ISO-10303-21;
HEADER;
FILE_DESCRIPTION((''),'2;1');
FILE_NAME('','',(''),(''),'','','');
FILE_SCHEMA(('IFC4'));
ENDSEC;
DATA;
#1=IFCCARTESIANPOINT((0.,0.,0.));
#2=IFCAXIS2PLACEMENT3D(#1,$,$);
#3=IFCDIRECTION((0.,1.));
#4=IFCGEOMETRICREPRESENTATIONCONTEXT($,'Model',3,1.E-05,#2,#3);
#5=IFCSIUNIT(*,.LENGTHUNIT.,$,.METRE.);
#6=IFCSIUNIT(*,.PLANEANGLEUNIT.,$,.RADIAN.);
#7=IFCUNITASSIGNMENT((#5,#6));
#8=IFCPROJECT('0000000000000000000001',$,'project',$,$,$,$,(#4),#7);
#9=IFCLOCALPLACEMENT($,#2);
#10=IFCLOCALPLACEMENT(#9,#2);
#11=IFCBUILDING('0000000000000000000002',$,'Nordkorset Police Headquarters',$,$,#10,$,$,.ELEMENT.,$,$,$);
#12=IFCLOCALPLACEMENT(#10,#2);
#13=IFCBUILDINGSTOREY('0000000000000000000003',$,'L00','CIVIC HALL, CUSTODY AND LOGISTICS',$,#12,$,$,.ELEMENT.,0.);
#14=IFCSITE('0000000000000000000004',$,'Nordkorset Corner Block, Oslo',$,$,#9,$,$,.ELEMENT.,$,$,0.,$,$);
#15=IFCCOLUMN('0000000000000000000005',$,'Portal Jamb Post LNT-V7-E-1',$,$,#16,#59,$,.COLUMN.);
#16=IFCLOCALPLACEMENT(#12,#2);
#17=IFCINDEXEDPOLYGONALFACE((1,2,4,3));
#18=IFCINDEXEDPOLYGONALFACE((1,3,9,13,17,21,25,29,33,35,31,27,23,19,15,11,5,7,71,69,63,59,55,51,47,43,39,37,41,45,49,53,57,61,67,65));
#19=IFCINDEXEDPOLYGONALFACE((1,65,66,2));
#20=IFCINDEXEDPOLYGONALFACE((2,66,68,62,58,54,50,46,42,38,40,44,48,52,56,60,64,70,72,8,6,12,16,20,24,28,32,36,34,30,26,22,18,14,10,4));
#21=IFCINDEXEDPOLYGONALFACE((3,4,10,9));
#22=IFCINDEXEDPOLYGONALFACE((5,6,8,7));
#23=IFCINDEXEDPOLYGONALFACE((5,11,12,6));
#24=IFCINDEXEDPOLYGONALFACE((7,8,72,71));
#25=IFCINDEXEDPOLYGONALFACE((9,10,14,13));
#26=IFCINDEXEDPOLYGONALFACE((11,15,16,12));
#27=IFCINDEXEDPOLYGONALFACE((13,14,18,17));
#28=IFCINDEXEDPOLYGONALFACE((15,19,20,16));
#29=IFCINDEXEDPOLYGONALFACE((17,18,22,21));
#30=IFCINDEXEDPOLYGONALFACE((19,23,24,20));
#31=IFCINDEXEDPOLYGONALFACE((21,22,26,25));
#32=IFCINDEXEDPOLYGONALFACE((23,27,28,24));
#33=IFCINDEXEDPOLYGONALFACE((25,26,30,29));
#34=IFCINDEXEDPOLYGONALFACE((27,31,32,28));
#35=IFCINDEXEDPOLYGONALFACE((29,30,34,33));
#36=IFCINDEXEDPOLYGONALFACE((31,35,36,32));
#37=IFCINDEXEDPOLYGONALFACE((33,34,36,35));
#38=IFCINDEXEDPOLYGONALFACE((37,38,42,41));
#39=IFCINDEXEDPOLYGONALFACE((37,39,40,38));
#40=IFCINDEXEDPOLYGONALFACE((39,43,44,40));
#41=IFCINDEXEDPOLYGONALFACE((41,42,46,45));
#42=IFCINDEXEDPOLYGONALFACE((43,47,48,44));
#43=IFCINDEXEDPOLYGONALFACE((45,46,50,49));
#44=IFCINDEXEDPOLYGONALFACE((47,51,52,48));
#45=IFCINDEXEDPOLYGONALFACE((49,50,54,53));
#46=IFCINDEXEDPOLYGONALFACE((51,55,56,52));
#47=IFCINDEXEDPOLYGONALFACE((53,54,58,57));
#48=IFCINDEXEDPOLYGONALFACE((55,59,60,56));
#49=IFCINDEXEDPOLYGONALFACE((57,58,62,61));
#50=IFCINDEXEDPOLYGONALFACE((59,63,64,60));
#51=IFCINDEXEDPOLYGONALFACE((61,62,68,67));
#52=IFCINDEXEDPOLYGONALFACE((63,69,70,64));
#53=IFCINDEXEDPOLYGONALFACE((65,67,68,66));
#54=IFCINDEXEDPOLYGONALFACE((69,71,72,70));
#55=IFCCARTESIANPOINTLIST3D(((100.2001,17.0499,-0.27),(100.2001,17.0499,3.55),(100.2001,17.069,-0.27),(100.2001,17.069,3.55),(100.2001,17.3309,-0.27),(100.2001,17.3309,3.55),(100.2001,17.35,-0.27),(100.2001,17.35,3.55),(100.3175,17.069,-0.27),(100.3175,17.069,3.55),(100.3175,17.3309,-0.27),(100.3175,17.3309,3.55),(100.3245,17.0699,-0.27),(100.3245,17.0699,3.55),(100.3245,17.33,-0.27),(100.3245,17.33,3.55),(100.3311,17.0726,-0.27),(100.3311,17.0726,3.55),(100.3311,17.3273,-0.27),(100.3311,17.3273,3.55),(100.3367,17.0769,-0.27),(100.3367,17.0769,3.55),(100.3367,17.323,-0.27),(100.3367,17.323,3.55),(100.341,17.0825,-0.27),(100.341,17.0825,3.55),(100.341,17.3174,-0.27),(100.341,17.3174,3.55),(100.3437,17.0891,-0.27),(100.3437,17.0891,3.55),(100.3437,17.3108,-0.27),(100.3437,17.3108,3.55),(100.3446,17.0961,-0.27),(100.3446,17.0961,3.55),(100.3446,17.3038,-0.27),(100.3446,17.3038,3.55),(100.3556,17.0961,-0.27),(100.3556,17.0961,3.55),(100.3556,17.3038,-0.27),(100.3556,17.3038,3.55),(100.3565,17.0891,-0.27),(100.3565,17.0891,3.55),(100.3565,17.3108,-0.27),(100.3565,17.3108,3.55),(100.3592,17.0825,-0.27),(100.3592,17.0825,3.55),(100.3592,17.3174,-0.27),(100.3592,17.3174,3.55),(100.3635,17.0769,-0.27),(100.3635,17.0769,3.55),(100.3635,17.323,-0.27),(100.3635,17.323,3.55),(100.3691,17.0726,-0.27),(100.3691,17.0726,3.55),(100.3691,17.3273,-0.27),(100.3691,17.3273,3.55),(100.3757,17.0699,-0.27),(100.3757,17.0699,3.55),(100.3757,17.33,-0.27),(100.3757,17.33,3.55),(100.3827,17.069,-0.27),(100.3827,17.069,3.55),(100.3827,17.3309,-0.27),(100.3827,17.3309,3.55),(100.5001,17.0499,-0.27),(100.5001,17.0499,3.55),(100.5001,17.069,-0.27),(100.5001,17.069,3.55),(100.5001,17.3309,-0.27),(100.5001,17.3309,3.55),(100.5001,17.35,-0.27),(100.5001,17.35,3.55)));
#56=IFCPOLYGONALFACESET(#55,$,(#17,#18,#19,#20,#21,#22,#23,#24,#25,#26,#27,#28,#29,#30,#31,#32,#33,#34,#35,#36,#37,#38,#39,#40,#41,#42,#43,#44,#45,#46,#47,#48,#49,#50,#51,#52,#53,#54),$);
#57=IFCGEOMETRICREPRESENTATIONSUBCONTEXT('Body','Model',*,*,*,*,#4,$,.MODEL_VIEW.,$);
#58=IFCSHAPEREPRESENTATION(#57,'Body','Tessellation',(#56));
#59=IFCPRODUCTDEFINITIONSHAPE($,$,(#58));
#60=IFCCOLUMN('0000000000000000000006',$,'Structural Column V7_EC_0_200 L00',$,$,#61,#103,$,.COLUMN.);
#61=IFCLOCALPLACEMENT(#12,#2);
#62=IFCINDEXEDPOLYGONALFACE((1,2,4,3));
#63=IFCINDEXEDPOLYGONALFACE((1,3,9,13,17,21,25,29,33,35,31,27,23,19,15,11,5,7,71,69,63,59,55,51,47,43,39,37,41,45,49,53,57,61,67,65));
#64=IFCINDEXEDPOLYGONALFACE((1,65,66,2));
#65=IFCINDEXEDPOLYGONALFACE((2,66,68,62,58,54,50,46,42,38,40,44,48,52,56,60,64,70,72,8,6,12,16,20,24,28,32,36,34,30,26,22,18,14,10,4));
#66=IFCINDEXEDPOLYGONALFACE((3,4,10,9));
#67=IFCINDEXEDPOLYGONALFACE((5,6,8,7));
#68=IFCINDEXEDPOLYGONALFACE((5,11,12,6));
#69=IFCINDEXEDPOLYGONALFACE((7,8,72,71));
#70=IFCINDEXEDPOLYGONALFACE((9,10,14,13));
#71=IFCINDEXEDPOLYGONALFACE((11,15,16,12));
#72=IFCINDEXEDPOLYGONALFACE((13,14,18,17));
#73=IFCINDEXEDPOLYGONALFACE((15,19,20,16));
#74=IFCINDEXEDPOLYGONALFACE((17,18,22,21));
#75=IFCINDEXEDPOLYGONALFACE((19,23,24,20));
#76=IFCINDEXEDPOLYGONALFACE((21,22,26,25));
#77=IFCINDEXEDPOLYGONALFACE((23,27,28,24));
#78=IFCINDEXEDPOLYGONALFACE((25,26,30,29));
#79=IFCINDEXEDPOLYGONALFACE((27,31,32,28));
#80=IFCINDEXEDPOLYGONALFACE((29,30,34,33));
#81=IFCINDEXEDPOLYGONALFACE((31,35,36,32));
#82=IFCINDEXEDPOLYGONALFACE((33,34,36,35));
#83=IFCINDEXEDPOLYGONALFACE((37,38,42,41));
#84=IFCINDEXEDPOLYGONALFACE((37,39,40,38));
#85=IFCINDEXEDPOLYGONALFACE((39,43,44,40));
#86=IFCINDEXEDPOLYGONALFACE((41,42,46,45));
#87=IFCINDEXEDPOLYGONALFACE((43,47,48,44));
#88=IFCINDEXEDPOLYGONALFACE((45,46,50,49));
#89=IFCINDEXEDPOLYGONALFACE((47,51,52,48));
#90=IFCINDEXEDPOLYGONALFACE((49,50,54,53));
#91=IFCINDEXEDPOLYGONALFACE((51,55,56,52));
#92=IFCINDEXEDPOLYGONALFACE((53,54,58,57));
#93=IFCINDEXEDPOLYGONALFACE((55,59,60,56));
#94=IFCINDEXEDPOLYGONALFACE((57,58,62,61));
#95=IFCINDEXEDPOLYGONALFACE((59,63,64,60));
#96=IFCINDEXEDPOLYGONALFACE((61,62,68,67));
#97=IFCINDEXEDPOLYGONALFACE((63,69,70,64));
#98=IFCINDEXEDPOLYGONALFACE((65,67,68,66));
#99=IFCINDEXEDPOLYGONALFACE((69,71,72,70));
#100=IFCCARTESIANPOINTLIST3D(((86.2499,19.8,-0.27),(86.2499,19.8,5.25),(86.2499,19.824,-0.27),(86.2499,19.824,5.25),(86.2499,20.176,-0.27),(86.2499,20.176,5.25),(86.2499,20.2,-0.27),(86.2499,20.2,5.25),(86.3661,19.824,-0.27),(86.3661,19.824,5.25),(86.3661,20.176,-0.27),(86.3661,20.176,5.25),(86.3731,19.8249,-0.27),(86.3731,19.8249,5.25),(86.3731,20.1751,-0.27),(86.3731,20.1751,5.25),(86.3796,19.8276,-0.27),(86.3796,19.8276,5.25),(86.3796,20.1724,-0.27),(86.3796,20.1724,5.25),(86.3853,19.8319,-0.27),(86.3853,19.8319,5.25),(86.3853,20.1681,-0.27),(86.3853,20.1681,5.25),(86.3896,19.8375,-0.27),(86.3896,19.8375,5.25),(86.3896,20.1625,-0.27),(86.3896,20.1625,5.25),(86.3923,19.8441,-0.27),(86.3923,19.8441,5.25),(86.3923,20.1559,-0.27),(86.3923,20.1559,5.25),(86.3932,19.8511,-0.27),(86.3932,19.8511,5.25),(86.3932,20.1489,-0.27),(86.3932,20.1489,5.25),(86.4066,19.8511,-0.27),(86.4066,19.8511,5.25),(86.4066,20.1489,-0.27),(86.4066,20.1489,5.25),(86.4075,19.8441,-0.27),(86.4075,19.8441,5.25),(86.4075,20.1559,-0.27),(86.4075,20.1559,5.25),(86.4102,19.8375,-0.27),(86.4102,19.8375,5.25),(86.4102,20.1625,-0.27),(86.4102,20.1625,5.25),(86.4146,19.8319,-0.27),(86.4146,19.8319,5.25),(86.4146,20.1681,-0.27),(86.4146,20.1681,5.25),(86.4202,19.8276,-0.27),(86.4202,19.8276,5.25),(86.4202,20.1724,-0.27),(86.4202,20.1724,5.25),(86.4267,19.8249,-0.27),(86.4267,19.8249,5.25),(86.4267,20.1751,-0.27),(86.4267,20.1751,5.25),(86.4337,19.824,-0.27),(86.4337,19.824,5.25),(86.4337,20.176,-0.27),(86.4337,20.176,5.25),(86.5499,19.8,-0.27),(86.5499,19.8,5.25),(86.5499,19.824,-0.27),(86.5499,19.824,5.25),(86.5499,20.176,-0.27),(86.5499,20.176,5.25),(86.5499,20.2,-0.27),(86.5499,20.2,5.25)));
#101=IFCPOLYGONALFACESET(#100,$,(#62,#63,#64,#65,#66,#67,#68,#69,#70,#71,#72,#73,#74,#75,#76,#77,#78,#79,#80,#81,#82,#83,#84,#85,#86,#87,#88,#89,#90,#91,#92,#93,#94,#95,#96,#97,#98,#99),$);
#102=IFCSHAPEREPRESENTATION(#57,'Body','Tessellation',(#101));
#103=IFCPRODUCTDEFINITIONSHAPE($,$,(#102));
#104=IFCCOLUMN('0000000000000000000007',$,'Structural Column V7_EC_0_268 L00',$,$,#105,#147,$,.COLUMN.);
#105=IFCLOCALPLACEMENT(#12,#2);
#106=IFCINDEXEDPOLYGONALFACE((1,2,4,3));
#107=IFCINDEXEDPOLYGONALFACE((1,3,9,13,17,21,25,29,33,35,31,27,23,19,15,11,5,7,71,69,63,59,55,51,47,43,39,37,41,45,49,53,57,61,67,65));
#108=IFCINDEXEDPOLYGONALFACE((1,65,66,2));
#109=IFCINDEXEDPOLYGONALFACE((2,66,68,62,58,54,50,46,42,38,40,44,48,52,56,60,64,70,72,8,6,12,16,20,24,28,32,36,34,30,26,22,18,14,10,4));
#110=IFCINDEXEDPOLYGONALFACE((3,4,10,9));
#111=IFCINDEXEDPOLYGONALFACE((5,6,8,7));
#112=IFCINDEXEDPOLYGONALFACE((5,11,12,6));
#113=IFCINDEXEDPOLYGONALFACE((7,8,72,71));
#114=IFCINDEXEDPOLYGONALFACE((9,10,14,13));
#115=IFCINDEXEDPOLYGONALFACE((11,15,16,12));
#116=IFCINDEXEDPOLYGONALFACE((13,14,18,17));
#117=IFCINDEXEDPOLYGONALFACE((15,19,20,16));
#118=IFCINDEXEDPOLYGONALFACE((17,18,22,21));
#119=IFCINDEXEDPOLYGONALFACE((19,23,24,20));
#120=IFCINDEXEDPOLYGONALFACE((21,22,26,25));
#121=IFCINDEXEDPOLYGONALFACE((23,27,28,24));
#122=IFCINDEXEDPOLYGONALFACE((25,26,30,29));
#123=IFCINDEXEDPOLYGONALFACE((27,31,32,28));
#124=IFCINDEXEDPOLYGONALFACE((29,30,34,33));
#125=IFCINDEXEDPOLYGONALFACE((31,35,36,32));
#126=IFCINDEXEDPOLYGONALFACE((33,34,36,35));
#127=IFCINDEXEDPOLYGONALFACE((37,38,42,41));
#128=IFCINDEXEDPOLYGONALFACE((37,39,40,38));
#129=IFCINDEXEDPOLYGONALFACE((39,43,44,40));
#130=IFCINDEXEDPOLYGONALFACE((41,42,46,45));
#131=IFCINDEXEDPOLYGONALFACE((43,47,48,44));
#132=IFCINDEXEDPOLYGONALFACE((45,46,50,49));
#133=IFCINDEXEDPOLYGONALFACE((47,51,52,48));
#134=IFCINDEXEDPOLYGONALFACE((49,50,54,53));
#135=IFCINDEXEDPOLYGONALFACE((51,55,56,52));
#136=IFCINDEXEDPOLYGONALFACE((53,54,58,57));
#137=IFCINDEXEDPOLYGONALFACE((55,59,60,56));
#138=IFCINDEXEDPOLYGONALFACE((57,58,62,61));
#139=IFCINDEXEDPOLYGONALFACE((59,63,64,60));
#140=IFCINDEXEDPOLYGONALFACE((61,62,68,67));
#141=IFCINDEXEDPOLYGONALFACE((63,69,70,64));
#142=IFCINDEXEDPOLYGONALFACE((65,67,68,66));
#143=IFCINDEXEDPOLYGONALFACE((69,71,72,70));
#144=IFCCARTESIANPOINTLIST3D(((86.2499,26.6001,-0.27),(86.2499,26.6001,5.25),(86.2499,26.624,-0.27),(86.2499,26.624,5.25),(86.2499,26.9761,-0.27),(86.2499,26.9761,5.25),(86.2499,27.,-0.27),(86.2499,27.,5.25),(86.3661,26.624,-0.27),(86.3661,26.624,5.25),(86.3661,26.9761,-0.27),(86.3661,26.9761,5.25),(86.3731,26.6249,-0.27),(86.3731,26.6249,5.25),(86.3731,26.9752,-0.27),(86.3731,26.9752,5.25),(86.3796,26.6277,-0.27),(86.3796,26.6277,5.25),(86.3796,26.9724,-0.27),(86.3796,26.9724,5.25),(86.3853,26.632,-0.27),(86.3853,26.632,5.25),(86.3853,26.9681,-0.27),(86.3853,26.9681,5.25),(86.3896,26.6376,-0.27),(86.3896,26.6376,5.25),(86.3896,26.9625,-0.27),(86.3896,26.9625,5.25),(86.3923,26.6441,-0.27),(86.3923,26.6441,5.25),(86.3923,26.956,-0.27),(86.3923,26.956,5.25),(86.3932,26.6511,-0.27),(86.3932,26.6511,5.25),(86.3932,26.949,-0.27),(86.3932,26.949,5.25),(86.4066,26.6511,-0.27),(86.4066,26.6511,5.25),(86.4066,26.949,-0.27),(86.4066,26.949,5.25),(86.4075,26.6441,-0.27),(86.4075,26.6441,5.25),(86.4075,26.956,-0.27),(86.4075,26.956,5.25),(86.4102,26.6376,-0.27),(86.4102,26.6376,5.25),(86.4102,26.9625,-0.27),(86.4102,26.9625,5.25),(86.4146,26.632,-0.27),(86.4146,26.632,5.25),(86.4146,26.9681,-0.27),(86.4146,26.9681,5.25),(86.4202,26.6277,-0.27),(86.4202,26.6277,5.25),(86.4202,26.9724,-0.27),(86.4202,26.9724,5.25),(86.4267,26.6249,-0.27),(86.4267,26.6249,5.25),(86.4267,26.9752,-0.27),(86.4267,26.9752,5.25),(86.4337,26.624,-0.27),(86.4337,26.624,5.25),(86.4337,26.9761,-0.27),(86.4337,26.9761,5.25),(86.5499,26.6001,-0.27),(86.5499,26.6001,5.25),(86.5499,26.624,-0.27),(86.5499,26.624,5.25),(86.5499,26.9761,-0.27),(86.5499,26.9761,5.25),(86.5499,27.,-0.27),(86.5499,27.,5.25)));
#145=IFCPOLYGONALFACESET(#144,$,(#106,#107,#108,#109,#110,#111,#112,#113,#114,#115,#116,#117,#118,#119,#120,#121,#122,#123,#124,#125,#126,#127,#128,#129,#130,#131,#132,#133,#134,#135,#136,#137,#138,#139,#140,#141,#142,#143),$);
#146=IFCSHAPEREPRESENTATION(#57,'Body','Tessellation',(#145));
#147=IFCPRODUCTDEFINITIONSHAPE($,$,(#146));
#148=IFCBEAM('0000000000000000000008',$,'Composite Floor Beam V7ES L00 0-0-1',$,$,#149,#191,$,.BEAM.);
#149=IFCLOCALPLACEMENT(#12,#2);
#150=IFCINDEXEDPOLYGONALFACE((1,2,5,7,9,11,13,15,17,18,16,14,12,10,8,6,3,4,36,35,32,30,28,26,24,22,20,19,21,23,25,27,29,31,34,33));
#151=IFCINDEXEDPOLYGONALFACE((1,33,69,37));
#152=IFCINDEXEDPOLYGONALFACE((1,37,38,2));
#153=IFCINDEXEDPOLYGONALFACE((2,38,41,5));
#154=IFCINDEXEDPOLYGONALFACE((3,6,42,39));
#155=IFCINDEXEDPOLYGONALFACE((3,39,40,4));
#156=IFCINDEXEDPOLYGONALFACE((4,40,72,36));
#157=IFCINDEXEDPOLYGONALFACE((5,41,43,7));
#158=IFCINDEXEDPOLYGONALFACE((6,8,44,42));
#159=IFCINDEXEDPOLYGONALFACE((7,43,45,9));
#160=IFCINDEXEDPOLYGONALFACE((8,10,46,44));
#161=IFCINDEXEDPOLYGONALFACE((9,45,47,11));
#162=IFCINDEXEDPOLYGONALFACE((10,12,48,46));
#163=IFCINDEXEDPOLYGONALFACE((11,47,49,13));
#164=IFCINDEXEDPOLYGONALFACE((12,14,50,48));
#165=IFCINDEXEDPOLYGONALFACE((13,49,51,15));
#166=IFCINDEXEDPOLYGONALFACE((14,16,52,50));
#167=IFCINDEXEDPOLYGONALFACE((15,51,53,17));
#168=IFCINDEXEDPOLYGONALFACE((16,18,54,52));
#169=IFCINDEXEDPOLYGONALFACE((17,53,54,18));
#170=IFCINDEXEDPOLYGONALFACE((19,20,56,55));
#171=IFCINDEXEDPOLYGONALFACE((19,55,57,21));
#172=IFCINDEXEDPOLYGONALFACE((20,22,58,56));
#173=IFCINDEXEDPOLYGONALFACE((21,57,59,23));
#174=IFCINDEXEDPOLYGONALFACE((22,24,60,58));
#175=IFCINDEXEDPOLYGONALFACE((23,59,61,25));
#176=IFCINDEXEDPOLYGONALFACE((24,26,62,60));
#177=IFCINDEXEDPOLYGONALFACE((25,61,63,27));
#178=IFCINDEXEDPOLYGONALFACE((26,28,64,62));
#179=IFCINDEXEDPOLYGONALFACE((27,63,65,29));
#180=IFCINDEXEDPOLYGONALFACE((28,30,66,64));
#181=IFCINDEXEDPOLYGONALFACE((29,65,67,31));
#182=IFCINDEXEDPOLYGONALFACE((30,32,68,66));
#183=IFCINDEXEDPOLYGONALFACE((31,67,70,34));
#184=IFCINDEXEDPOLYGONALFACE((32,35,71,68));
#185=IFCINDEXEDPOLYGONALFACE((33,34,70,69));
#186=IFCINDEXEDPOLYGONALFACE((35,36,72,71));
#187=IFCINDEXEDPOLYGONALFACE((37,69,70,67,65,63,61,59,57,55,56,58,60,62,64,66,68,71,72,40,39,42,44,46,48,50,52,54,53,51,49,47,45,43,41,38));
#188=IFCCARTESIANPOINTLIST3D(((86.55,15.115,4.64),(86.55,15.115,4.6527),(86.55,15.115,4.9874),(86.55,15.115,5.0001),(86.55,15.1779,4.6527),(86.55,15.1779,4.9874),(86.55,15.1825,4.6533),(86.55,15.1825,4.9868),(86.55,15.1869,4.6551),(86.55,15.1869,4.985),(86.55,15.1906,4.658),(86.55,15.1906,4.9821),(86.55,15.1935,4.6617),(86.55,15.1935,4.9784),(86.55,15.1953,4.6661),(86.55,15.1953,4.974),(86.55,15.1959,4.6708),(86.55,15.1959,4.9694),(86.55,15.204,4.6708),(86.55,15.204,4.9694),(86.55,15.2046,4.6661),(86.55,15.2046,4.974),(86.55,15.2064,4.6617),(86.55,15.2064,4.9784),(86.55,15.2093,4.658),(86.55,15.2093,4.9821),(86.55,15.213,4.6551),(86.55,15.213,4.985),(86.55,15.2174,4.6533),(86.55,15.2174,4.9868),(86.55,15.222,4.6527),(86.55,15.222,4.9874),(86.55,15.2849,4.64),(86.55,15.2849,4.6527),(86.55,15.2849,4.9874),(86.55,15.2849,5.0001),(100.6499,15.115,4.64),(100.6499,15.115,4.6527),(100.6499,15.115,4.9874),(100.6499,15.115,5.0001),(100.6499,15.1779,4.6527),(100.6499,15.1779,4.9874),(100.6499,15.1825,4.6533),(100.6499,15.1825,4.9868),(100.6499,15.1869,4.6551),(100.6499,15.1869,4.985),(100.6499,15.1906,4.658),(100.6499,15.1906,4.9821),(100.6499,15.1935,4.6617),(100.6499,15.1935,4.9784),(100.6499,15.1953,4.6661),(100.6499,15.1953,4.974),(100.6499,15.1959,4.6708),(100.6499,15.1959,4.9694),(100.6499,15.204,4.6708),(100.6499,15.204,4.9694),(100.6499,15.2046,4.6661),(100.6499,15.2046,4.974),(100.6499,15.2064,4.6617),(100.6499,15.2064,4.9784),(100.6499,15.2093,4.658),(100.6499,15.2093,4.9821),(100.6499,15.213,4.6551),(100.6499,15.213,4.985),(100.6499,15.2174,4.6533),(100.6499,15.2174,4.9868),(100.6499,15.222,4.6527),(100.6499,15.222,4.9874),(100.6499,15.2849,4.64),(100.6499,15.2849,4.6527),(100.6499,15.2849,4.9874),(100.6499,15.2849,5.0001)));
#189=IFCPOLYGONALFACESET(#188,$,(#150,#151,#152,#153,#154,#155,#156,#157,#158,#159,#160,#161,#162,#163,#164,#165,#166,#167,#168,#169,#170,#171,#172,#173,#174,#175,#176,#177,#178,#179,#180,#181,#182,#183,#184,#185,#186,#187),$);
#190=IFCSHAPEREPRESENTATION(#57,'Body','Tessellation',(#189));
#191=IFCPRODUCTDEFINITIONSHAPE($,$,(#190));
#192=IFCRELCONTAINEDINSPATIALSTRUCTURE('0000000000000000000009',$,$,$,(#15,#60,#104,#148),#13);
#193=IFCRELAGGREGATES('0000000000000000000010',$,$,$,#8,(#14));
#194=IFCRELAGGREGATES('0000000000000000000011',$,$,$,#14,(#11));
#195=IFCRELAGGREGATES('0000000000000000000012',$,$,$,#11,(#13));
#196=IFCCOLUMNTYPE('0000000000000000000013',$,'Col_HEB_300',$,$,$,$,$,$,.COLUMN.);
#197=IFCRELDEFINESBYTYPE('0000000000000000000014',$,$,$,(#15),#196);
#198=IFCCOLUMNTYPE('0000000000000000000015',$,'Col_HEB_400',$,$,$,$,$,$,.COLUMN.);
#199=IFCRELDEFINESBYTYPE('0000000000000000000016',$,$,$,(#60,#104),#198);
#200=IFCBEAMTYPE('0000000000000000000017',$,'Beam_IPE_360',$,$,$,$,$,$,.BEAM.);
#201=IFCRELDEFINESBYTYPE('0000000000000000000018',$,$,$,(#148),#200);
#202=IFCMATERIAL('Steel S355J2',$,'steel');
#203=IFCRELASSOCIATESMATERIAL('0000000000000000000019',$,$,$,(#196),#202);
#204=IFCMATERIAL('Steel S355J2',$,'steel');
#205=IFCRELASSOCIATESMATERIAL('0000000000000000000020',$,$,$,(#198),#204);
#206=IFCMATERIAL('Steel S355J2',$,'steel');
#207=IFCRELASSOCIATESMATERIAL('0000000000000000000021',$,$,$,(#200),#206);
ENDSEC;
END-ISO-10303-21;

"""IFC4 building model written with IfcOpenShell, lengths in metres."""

from ifc_helpers import new_model, si_unit, direction, frame, origin, origin_2d, place, context, subcontext, project, spatial, i_section, extrude, material, material_profile, profile_set, type_object, element, save


model = new_model("IFC4")

# Units and contexts
model_context = context("Model", 3, precision=1e-05, world=origin(), true_north=direction((0.0, 1.0)))
body_context = subcontext(model_context, "Body", "Model", "MODEL_VIEW")
ifc_project = project(units=[si_unit("LENGTHUNIT", "METRE"), si_unit("PLANEANGLEUNIT", "RADIAN")], contexts=[model_context])

# Site, building, storey
site_placement = place(None, origin())
site = spatial("IfcSite", under=ifc_project, at=site_placement, Name="Nordkorset Corner Block, Oslo", CompositionType="ELEMENT", RefElevation=0.0)
building_placement = place(site_placement, origin())
building = spatial("IfcBuilding", under=site, at=building_placement, Name="Nordkorset Police Headquarters", CompositionType="ELEMENT")
storey_placement = place(building_placement, origin())
storey = spatial("IfcBuildingStorey", under=building, at=storey_placement, Name="L00", Description="CIVIC HALL, CUSTODY AND LOGISTICS", CompositionType="ELEMENT", Elevation=0.0)

# Columns
ifc_material_1 = material(Name="Steel S355J2", Category="steel")
ifc_material_profile_1 = material_profile(ifc_material_1, i_section(OverallWidth=0.3, OverallDepth=0.3, WebThickness=0.011, FlangeThickness=0.019, FilletRadius=0.0271, at=origin_2d()), Name="HEB 300")
ifc_profile_set_1 = profile_set([ifc_material_profile_1], Name="Steel S355J2")
column_type_1 = type_object("IfcColumnType", Name="Col_HEB_300", PredefinedType="COLUMN", material=ifc_profile_set_1)
for number, where, z_axis, x_axis, name in (
    (1, (100.3501, 17.2, -0.27), (0.0, 0.0, 1.0), (1.0, 0.0, 0.0), "Portal Jamb Post LNT-V7-E-1"),
):
    element("IfcColumn", number, at=place(storey_placement, frame(where, z_axis=z_axis, x_axis=x_axis)), inside=storey, type_object=column_type_1, Name=name, PredefinedType="COLUMN", context=body_context, shape_type="SweptSolid", body=[
        extrude(i_section(OverallWidth=0.3, OverallDepth=0.3, WebThickness=0.011, FlangeThickness=0.019, FilletRadius=0.0271, at=origin_2d()), origin(), (0.0, 0.0, 1.0), 3.8201),
    ])
ifc_material_2 = material(Name="Steel S355J2", Category="steel")
ifc_material_profile_2 = material_profile(ifc_material_2, i_section(OverallWidth=0.3, OverallDepth=0.3999, WebThickness=0.0134, FlangeThickness=0.0239, FilletRadius=0.0271, at=origin_2d()), Name="HEB 400")
ifc_profile_set_2 = profile_set([ifc_material_profile_2], Name="Steel S355J2")
column_type_2 = type_object("IfcColumnType", Name="Col_HEB_400", PredefinedType="COLUMN", material=ifc_profile_set_2)
for number, where, z_axis, x_axis, name in (
    (2, (86.3999, 20.0, -0.27), (0.0, 0.0, 1.0), (1.0, 0.0, 0.0), "Structural Column V7_EC_0_200 L00"),
    (3, (86.3999, 26.8, -0.27), (0.0, 0.0, 1.0), (1.0, 0.0, 0.0), "Structural Column V7_EC_0_268 L00"),
):
    element("IfcColumn", number, at=place(storey_placement, frame(where, z_axis=z_axis, x_axis=x_axis)), inside=storey, type_object=column_type_2, Name=name, PredefinedType="COLUMN", context=body_context, shape_type="SweptSolid", body=[
        extrude(i_section(OverallWidth=0.3, OverallDepth=0.3999, WebThickness=0.0134, FlangeThickness=0.0239, FilletRadius=0.0271, at=origin_2d()), origin(), (0.0, 0.0, 1.0), 5.52),
    ])

# Beam
ifc_material_3 = material(Name="Steel S355J2", Category="steel")
ifc_material_profile_3 = material_profile(ifc_material_3, i_section(OverallWidth=0.1699, OverallDepth=0.3601, WebThickness=0.0081, FlangeThickness=0.0127, FilletRadius=0.0181, at=origin_2d()), Name="IPE 360")
ifc_profile_set_3 = profile_set([ifc_material_profile_3], Name="Steel S355J2")
beam_type_1 = type_object("IfcBeamType", Name="Beam_IPE_360", PredefinedType="BEAM", material=ifc_profile_set_3)
for number, where, z_axis, x_axis, name in (
    (4, (86.55, 15.2, 4.8201), (1.0, 0.0, 0.0), (0.0, 1.0, 0.0), "Composite Floor Beam V7ES L00 0-0-1"),
):
    element("IfcBeam", number, at=place(storey_placement, frame(where, z_axis=z_axis, x_axis=x_axis)), inside=storey, type_object=beam_type_1, Name=name, PredefinedType="BEAM", context=body_context, shape_type="SweptSolid", body=[
        extrude(i_section(OverallWidth=0.1699, OverallDepth=0.3601, WebThickness=0.0081, FlangeThickness=0.0127, FilletRadius=0.0181, at=origin_2d()), origin(), (0.0, 0.0, 1.0), 14.0999),
    ])

save(model, "model.ifc")
